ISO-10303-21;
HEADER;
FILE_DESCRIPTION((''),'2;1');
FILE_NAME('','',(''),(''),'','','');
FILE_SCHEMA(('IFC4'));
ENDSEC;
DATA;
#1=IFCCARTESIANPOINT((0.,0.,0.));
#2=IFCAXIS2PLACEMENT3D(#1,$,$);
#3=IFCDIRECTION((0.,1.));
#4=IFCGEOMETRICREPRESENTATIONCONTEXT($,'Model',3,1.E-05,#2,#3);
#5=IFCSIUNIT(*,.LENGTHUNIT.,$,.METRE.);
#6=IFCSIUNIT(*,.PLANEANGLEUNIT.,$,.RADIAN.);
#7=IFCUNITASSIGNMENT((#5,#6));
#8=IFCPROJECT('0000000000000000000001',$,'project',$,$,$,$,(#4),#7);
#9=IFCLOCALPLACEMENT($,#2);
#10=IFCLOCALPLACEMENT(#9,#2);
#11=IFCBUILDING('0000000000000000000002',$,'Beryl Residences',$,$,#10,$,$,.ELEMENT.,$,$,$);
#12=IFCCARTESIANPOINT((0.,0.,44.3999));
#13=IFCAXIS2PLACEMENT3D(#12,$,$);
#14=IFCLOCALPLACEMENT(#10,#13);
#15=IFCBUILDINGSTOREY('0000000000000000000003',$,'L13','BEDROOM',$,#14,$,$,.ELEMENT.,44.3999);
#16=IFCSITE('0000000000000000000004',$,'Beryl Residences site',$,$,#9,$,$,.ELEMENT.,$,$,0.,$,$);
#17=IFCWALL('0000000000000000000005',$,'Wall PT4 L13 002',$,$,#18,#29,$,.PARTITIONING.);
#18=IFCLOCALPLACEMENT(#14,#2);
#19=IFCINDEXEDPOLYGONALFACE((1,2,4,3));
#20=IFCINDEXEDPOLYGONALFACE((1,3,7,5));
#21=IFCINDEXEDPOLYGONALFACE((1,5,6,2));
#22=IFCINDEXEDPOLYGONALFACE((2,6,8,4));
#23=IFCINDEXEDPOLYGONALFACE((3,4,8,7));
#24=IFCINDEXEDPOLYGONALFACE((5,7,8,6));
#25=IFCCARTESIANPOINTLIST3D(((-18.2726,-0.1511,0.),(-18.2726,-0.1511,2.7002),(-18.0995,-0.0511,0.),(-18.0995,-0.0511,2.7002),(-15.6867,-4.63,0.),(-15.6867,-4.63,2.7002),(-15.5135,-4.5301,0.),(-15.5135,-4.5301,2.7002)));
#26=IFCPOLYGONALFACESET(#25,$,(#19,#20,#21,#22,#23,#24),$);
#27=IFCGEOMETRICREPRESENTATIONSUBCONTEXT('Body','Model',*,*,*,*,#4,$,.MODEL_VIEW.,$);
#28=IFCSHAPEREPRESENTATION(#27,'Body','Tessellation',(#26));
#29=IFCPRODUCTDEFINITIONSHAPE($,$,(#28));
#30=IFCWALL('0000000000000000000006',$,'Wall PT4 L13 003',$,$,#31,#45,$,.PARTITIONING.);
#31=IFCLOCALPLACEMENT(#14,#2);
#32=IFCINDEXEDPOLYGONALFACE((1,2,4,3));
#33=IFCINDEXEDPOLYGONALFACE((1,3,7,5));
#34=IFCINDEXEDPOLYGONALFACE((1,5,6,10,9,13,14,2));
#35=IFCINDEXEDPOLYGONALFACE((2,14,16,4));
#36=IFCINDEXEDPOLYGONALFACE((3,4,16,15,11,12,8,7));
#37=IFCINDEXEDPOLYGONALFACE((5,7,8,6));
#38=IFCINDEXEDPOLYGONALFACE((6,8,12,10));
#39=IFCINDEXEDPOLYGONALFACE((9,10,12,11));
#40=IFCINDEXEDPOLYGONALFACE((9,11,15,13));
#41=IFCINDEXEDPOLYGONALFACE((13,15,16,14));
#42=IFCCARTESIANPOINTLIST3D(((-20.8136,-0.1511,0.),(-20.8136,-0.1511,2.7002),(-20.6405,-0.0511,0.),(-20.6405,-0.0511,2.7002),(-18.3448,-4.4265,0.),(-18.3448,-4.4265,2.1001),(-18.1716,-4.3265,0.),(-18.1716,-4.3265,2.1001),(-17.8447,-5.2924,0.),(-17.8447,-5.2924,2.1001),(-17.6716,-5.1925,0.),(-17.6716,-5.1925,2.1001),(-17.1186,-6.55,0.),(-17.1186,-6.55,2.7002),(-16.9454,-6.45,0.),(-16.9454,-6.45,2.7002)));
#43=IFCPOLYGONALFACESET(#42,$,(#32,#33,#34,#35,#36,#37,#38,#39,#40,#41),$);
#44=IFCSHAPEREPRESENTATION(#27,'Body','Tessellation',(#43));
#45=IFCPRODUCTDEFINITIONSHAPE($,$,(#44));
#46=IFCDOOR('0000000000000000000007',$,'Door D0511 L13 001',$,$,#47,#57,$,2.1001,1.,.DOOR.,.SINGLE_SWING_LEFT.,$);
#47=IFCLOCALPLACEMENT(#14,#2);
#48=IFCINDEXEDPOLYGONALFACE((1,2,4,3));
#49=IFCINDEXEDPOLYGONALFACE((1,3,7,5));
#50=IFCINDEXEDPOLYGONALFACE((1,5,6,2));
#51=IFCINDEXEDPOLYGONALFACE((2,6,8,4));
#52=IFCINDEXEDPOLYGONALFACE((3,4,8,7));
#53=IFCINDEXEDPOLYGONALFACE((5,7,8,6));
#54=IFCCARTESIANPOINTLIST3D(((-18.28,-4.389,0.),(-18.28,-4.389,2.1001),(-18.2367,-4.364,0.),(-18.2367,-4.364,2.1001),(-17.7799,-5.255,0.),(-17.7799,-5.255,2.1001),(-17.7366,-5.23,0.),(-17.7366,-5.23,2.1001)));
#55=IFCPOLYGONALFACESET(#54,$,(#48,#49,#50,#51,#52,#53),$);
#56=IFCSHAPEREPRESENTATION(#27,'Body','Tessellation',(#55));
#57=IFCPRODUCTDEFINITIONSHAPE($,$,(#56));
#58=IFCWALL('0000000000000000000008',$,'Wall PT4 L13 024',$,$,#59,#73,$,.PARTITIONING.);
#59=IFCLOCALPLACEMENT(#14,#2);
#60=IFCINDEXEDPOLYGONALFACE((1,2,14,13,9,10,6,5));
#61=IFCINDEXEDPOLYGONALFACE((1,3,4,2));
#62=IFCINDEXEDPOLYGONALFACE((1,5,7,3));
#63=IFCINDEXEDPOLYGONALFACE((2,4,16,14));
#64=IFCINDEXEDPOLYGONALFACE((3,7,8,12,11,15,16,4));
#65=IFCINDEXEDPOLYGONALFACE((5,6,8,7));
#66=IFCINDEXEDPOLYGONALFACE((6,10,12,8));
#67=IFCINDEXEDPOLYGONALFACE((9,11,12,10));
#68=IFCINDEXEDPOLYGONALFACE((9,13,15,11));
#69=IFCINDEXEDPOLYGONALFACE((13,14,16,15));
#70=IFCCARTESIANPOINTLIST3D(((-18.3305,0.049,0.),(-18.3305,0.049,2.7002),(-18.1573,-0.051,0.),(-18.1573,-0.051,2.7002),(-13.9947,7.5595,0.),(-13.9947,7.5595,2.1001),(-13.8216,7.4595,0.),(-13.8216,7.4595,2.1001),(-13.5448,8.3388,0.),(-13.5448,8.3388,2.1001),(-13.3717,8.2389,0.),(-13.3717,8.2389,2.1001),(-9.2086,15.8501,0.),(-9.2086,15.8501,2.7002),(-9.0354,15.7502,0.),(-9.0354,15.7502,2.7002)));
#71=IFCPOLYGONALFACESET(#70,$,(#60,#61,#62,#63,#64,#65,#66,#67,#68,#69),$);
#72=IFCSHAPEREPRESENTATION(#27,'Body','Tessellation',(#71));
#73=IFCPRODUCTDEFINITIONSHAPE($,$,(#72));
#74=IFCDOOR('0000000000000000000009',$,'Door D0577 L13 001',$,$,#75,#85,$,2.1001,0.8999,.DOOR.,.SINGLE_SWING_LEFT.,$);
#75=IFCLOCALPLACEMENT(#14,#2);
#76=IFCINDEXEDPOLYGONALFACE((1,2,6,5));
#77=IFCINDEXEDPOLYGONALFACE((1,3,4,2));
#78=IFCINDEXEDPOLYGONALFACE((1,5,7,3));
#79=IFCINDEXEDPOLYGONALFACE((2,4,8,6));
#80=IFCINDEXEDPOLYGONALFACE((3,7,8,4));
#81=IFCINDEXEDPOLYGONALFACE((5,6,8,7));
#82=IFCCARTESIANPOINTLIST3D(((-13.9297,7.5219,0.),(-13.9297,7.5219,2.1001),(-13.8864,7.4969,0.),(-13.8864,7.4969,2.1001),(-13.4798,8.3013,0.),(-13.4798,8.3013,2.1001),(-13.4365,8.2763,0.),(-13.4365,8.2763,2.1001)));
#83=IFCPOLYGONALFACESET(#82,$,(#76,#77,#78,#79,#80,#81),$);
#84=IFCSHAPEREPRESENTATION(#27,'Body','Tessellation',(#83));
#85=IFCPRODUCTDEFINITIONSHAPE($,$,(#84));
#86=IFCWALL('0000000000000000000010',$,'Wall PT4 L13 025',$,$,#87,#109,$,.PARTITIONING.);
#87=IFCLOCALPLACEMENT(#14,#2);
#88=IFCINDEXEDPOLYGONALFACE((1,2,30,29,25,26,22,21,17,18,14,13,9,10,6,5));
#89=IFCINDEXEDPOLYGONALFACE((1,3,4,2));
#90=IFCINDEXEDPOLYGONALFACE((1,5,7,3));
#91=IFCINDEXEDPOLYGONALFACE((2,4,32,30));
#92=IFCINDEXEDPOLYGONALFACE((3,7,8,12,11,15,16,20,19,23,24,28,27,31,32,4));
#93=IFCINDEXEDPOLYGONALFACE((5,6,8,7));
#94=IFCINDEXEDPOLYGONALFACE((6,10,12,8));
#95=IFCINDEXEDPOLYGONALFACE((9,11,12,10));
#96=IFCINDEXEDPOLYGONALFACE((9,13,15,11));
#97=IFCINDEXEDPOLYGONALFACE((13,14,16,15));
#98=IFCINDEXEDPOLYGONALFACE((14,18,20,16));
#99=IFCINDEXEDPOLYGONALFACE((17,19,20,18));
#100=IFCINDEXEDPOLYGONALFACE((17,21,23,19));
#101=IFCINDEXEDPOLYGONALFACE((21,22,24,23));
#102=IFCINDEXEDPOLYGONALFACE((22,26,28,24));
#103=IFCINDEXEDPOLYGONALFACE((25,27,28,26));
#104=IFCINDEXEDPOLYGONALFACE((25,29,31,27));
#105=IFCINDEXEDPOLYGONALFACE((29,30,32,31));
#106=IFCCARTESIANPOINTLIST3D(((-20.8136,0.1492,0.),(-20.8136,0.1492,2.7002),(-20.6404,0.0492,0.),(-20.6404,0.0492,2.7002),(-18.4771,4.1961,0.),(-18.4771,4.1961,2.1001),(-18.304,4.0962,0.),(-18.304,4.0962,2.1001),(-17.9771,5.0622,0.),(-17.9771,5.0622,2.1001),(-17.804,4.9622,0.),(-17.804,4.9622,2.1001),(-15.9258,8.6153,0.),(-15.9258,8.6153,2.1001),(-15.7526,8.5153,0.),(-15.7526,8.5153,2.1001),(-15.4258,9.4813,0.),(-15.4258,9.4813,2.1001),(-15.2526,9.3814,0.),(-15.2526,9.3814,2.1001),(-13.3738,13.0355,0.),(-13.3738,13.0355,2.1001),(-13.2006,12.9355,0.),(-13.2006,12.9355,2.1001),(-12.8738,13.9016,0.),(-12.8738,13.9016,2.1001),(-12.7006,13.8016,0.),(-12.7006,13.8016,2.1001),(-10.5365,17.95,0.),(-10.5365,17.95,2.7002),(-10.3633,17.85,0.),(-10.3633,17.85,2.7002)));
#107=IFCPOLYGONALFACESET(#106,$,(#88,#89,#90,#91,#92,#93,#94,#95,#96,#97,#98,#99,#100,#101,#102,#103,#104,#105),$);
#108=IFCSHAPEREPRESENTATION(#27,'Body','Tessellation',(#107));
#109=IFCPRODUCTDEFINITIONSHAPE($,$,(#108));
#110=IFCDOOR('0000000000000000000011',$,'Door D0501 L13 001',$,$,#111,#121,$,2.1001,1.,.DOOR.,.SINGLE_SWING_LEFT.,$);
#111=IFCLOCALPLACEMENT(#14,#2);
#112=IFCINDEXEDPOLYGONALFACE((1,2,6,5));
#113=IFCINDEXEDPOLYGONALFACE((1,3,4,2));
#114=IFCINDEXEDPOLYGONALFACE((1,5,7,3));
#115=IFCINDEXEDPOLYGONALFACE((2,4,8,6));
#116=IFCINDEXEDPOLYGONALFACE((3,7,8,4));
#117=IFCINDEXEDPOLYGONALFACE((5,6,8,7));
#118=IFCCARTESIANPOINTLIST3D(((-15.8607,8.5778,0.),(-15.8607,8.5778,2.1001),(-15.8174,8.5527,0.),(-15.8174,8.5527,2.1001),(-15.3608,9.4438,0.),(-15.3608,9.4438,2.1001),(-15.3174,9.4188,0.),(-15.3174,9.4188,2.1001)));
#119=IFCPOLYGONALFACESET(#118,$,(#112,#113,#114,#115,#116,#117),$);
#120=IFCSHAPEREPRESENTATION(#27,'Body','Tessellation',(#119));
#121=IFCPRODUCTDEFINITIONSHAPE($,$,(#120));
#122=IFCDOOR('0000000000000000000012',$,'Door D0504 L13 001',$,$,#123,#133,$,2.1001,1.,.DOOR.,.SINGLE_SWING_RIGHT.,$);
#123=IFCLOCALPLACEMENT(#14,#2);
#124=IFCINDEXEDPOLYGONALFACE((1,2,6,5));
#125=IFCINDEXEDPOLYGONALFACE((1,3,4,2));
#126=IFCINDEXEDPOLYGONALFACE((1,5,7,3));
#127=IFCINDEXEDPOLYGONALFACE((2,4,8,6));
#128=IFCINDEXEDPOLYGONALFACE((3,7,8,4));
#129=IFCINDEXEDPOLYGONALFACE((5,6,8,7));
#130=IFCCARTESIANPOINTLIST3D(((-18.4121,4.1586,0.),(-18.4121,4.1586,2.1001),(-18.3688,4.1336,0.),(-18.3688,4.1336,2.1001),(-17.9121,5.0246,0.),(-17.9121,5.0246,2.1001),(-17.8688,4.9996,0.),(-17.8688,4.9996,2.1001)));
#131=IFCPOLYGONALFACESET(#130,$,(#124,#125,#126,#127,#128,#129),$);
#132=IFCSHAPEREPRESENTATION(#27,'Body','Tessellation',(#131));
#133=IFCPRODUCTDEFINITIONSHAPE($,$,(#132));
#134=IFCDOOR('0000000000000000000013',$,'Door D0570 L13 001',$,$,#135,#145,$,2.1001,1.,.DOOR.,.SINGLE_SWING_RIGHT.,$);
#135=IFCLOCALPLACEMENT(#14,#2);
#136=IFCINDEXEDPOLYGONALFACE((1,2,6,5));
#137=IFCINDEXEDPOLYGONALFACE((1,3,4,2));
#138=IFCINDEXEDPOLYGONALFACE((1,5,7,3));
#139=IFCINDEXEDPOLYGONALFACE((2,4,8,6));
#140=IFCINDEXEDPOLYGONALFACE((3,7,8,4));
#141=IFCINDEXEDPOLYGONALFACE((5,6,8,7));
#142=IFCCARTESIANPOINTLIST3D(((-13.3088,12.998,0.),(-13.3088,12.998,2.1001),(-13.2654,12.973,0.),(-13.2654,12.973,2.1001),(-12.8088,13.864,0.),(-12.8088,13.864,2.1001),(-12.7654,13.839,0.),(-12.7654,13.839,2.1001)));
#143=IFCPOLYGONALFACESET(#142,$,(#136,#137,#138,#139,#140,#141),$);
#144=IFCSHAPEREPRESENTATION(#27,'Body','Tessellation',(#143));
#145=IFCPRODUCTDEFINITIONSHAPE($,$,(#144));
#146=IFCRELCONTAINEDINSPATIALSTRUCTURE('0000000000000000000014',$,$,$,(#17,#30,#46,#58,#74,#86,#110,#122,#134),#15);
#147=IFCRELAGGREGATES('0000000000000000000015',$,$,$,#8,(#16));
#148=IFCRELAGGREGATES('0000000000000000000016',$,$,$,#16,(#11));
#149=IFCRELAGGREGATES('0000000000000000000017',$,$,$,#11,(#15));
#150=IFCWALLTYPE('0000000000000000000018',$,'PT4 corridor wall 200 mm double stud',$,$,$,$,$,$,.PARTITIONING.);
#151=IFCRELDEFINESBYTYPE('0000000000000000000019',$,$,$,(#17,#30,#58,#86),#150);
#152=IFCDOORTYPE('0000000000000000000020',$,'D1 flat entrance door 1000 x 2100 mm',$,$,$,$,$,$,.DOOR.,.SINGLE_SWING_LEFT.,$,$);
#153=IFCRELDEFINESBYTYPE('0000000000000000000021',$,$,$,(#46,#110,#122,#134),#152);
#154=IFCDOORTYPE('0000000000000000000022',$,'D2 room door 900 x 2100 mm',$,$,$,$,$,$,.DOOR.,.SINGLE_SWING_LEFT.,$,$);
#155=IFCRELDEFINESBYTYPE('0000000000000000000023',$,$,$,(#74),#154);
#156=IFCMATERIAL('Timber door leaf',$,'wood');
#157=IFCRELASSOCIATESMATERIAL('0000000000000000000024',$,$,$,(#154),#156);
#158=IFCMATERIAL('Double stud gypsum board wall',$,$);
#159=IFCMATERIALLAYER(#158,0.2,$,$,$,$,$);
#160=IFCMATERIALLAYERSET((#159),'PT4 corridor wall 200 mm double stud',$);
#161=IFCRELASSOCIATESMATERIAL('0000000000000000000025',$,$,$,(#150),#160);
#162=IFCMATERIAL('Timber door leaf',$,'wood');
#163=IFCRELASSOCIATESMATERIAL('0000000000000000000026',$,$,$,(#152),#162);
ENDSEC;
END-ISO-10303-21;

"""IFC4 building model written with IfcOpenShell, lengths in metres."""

from ifc_helpers import new_model, si_unit, direction, frame, frame_2d, origin, place, context, subcontext, project, spatial, rectangle, extrude, material, layer, layer_set, type_object, element, fill, save


model = new_model("IFC4")

# Units and contexts
model_context = context("Model", 3, precision=1e-05, world=origin(), true_north=direction((0.0, 1.0)))
body_context = subcontext(model_context, "Body", "Model", "MODEL_VIEW")
ifc_project = project(units=[si_unit("LENGTHUNIT", "METRE"), si_unit("PLANEANGLEUNIT", "RADIAN")], contexts=[model_context])

# Site, building, storey
site_placement = place(None, origin())
site = spatial("IfcSite", under=ifc_project, at=site_placement, Name="Beryl Residences site", CompositionType="ELEMENT", RefElevation=0.0)
building_placement = place(site_placement, origin())
building = spatial("IfcBuilding", under=site, at=building_placement, Name="Beryl Residences", CompositionType="ELEMENT")
storey_placement = place(building_placement, frame((0.0, 0.0, 44.3999)))
storey = spatial("IfcBuildingStorey", under=building, at=storey_placement, Name="L13", Description="BEDROOM", CompositionType="ELEMENT", Elevation=44.3999)

# Shared definitions
ifc_material_1 = material(Name="Timber door leaf", Category="wood")
door_type_1 = type_object("IfcDoorType", Name="D2 room door 900 x 2100 mm", OperationType="SINGLE_SWING_LEFT", PredefinedType="DOOR", material=ifc_material_1)

# Wall
ifc_material_2 = material(Name="Double stud gypsum board wall")
ifc_layer_1 = layer(ifc_material_2, 0.2)
ifc_layer_set_1 = layer_set([ifc_layer_1], Name="PT4 corridor wall 200 mm double stud")
wall_type_1 = type_object("IfcWallType", Name="PT4 corridor wall 200 mm double stud", PredefinedType="PARTITIONING", material=ifc_layer_set_1)
wall_1_placement = place(storey_placement, frame((-18.186, -0.1011, 0.0), z_axis=(0.0, 0.0, 1.0), x_axis=(0.499998, -0.866027, 0.0)))
element("IfcWall", 1, at=wall_1_placement, inside=storey, type_object=wall_type_1, Name="Wall PT4 L13 002", PredefinedType="PARTITIONING", context=body_context, shape_type="SweptSolid", body=[
    extrude(rectangle(XDim=5.1719, YDim=0.2, at=frame_2d((2.5859, 0.0))), origin(), (0.0, 0.0, 1.0), 2.7002),
])

# Walls, openings, doors
wall_2_placement = place(storey_placement, frame((-20.7271, -0.1011, 0.0), z_axis=(0.0, 0.0, 1.0), x_axis=(0.500066, -0.865987, 0.0)))
wall_2 = element("IfcWall", 2, at=wall_2_placement, inside=storey, type_object=wall_type_1, Name="Wall PT4 L13 003", PredefinedType="PARTITIONING", context=body_context, shape_type="SweptSolid", body=[
    extrude(rectangle(XDim=7.3892, YDim=0.2, at=frame_2d((3.6946, 0.0))), origin(), (0.0, 0.0, 1.0), 2.7002),
])
opening_1_placement = place(wall_2_placement, frame((4.937, 0.0, 0.0)))
opening_1 = element("IfcOpeningElement", 3, at=opening_1_placement, cuts=wall_2, PredefinedType="OPENING", context=body_context, shape_type="SweptSolid", body=[
    extrude(rectangle(XDim=1.0, YDim=2.1001, at=frame_2d((0.5, 1.05))), frame((0.0, 0.1099, 0.0), z_axis=(0.0, -1.0, 0.0), x_axis=(1.0, 0.0, 0.0)), (0.0, 0.0, 1.0), 0.22),
])
ifc_material_3 = material(Name="Timber door leaf", Category="wood")
door_type_2 = type_object("IfcDoorType", Name="D1 flat entrance door 1000 x 2100 mm", OperationType="SINGLE_SWING_LEFT", PredefinedType="DOOR", material=ifc_material_3)
door_1_placement = place(opening_1_placement, origin())
door_1 = element("IfcDoor", 4, at=door_1_placement, inside=storey, type_object=door_type_2, Name="Door D0511 L13 001", OperationType="SINGLE_SWING_LEFT", OverallHeight=2.1001, OverallWidth=1.0, PredefinedType="DOOR", context=body_context, shape_type="SweptSolid", body=[
    extrude(rectangle(XDim=1.0, YDim=2.1001, at=frame_2d((0.5, 1.05))), frame((0.0, 0.0249, 0.0), z_axis=(0.0, -1.0, 0.0), x_axis=(1.0, 0.0, 0.0)), (0.0, 0.0, 1.0), 0.05),
])
fill(opening_1, door_1)
wall_3_placement = place(storey_placement, frame((-18.2439, -0.001, 0.0), z_axis=(0.0, 0.0, 1.0), x_axis=(0.499963, 0.866047, 0.0)))
wall_3 = element("IfcWall", 5, at=wall_3_placement, inside=storey, type_object=wall_type_1, Name="Wall PT4 L13 024", PredefinedType="PARTITIONING", context=body_context, shape_type="SweptSolid", body=[
    extrude(rectangle(XDim=18.2451, YDim=0.2, at=frame_2d((9.1226, 0.0))), origin(), (0.0, 0.0, 1.0), 2.7002),
])
opening_2_placement = place(wall_3_placement, frame((8.6721, 0.0, 0.0)))
opening_2 = element("IfcOpeningElement", 6, at=opening_2_placement, cuts=wall_3, PredefinedType="OPENING", context=body_context, shape_type="SweptSolid", body=[
    extrude(rectangle(XDim=0.8999, YDim=2.1001, at=frame_2d((0.45, 1.05))), frame((0.0, 0.1099, 0.0), z_axis=(0.0, -1.0, 0.0), x_axis=(1.0, 0.0, 0.0)), (0.0, 0.0, 1.0), 0.22),
])
door_2_placement = place(opening_2_placement, origin())
door_2 = element("IfcDoor", 7, at=door_2_placement, inside=storey, type_object=door_type_1, Name="Door D0577 L13 001", OperationType="SINGLE_SWING_LEFT", OverallHeight=2.1001, OverallWidth=0.8999, PredefinedType="DOOR", context=body_context, shape_type="SweptSolid", body=[
    extrude(rectangle(XDim=0.8999, YDim=2.1001, at=frame_2d((0.45, 1.05))), frame((0.0, 0.0249, 0.0), z_axis=(0.0, -1.0, 0.0), x_axis=(1.0, 0.0, 0.0)), (0.0, 0.0, 1.0), 0.05),
])
fill(opening_2, door_2)

# Wall, openings, doors
wall_4_placement = place(storey_placement, frame((-20.7271, 0.0991, 0.0), z_axis=(0.0, 0.0, 1.0), x_axis=(0.499993, 0.866029, 0.0)))
wall_4 = element("IfcWall", 8, at=wall_4_placement, inside=storey, type_object=wall_type_1, Name="Wall PT4 L13 025", PredefinedType="PARTITIONING", context=body_context, shape_type="SweptSolid", body=[
    extrude(rectangle(XDim=20.5544, YDim=0.2, at=frame_2d((10.2773, 0.0))), origin(), (0.0, 0.0, 1.0), 2.7002),
])
opening_3_placement = place(wall_4_placement, frame((9.7759, 0.0, 0.0)))
opening_3 = element("IfcOpeningElement", 9, at=opening_3_placement, cuts=wall_4, PredefinedType="OPENING", context=body_context, shape_type="SweptSolid", body=[
    extrude(rectangle(XDim=1.0, YDim=2.1001, at=frame_2d((0.5, 1.05))), frame((0.0, 0.1099, 0.0), z_axis=(0.0, -1.0, 0.0), x_axis=(1.0, 0.0, 0.0)), (0.0, 0.0, 1.0), 0.22),
])
opening_4_placement = place(wall_4_placement, frame((4.6731, 0.0, 0.0)))
opening_4 = element("IfcOpeningElement", 10, at=opening_4_placement, cuts=wall_4, PredefinedType="OPENING", context=body_context, shape_type="SweptSolid", body=[
    extrude(rectangle(XDim=1.0, YDim=2.1001, at=frame_2d((0.5, 1.05))), frame((0.0, 0.1099, 0.0), z_axis=(0.0, -1.0, 0.0), x_axis=(1.0, 0.0, 0.0)), (0.0, 0.0, 1.0), 0.22),
])
opening_5_placement = place(wall_4_placement, frame((14.8799, 0.0, 0.0)))
opening_5 = element("IfcOpeningElement", 11, at=opening_5_placement, cuts=wall_4, PredefinedType="OPENING", context=body_context, shape_type="SweptSolid", body=[
    extrude(rectangle(XDim=1.0, YDim=2.1001, at=frame_2d((0.5, 1.05))), frame((0.0, 0.1099, 0.0), z_axis=(0.0, -1.0, 0.0), x_axis=(1.0, 0.0, 0.0)), (0.0, 0.0, 1.0), 0.22),
])
door_3_placement = place(opening_3_placement, origin())
door_3 = element("IfcDoor", 12, at=door_3_placement, inside=storey, type_object=door_type_2, Name="Door D0501 L13 001", OperationType="SINGLE_SWING_LEFT", OverallHeight=2.1001, OverallWidth=1.0, PredefinedType="DOOR", context=body_context, shape_type="SweptSolid", body=[
    extrude(rectangle(XDim=1.0, YDim=2.1001, at=frame_2d((0.5, 1.05))), frame((0.0, 0.0249, 0.0), z_axis=(0.0, -1.0, 0.0), x_axis=(1.0, 0.0, 0.0)), (0.0, 0.0, 1.0), 0.05),
])
fill(opening_3, door_3)
door_4_placement = place(opening_4_placement, origin())
door_4 = element("IfcDoor", 13, at=door_4_placement, inside=storey, type_object=door_type_2, Name="Door D0504 L13 001", OperationType="SINGLE_SWING_RIGHT", OverallHeight=2.1001, OverallWidth=1.0, PredefinedType="DOOR", context=body_context, shape_type="SweptSolid", body=[
    extrude(rectangle(XDim=1.0, YDim=2.1001, at=frame_2d((0.5, 1.05))), frame((0.0, 0.0249, 0.0), z_axis=(0.0, -1.0, 0.0), x_axis=(1.0, 0.0, 0.0)), (0.0, 0.0, 1.0), 0.05),
])
fill(opening_4, door_4)
door_5_placement = place(opening_5_placement, origin())
door_5 = element("IfcDoor", 14, at=door_5_placement, inside=storey, type_object=door_type_2, Name="Door D0570 L13 001", OperationType="SINGLE_SWING_RIGHT", OverallHeight=2.1001, OverallWidth=1.0, PredefinedType="DOOR", context=body_context, shape_type="SweptSolid", body=[
    extrude(rectangle(XDim=1.0, YDim=2.1001, at=frame_2d((0.5, 1.05))), frame((0.0, 0.0249, 0.0), z_axis=(0.0, -1.0, 0.0), x_axis=(1.0, 0.0, 0.0)), (0.0, 0.0, 1.0), 0.05),
])
fill(opening_5, door_5)

save(model, "model.ifc")
